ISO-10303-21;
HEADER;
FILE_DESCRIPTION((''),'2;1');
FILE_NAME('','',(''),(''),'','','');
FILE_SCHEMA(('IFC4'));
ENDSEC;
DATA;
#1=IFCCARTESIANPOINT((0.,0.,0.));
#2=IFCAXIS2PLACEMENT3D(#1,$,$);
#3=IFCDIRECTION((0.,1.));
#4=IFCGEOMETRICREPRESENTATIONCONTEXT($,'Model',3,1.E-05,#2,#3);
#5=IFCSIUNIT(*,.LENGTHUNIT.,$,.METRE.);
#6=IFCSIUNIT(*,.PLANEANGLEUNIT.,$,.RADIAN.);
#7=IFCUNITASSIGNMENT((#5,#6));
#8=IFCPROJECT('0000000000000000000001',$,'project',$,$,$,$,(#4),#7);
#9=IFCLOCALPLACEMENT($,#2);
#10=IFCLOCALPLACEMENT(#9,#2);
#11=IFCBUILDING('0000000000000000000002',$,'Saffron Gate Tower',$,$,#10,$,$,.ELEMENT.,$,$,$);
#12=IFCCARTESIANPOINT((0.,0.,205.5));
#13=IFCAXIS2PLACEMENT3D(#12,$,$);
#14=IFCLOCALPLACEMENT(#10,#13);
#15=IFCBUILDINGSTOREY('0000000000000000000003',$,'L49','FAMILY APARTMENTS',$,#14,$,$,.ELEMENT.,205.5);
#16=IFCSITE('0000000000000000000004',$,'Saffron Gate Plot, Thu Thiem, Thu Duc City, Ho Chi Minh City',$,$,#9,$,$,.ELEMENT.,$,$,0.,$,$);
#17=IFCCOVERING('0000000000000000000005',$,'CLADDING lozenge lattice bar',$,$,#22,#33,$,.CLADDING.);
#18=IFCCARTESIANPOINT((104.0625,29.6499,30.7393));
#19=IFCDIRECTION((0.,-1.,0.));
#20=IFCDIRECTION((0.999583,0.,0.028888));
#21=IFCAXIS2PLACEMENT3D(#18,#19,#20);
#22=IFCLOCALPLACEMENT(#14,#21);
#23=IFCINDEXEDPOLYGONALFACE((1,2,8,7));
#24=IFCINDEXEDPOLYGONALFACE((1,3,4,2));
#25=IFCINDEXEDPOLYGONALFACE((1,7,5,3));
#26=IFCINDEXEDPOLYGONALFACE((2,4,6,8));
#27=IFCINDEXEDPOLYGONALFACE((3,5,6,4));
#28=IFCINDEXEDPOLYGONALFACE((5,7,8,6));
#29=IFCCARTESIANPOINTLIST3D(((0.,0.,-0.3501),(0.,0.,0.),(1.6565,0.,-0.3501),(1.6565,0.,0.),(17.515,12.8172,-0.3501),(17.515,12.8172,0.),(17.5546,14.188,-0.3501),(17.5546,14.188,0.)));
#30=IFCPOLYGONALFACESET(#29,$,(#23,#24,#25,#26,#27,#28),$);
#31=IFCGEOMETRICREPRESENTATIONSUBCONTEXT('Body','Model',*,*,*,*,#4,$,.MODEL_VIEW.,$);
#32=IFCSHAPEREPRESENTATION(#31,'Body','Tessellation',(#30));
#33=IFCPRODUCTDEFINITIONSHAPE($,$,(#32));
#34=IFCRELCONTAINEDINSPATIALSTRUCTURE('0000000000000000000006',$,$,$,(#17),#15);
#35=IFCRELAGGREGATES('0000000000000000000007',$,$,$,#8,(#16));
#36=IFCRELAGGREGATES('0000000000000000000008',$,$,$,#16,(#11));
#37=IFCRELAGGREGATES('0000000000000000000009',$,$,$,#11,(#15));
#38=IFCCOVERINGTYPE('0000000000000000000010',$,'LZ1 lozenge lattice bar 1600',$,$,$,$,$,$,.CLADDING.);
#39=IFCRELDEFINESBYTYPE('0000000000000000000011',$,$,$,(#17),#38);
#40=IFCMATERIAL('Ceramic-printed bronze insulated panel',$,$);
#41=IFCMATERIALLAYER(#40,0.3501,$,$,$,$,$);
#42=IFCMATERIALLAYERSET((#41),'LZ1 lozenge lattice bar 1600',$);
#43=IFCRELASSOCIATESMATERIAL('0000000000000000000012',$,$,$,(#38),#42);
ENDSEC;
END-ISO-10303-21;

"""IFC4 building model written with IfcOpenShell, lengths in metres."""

from ifc_helpers import new_model, si_unit, direction, frame, origin, place, context, subcontext, project, spatial, polyline, outline, extrude, material, layer, layer_set, type_object, element, save


model = new_model("IFC4")

# Units and contexts
model_context = context("Model", 3, precision=1e-05, world=origin(), true_north=direction((0.0, 1.0)))
body_context = subcontext(model_context, "Body", "Model", "MODEL_VIEW")
ifc_project = project(units=[si_unit("LENGTHUNIT", "METRE"), si_unit("PLANEANGLEUNIT", "RADIAN")], contexts=[model_context])

# Site, building, storey
site_placement = place(None, origin())
site = spatial("IfcSite", under=ifc_project, at=site_placement, Name="Saffron Gate Plot, Thu Thiem, Thu Duc City, Ho Chi Minh City", CompositionType="ELEMENT", RefElevation=0.0)
building_placement = place(site_placement, origin())
building = spatial("IfcBuilding", under=site, at=building_placement, Name="Saffron Gate Tower", CompositionType="ELEMENT")
storey_placement = place(building_placement, frame((0.0, 0.0, 205.5)))
storey = spatial("IfcBuildingStorey", under=building, at=storey_placement, Name="L49", Description="FAMILY APARTMENTS", CompositionType="ELEMENT", Elevation=205.5)

# Covering
ifc_material_1 = material(Name="Ceramic-printed bronze insulated panel")
ifc_layer_1 = layer(ifc_material_1, 0.3501)
ifc_layer_set_1 = layer_set([ifc_layer_1], Name="LZ1 lozenge lattice bar 1600")
covering_type = type_object("IfcCoveringType", Name="LZ1 lozenge lattice bar 1600", PredefinedType="CLADDING", material=ifc_layer_set_1)
covering_placement = place(storey_placement, frame((104.0625, 29.6499, 30.7393), z_axis=(0.0, -1.0, 0.0), x_axis=(0.999583, 0.0, 0.028888)))
element("IfcCovering", 1, at=covering_placement, inside=storey, type_object=covering_type, Name="CLADDING lozenge lattice bar", PredefinedType="CLADDING", context=body_context, shape_type="SweptSolid", body=[
    extrude(outline(polyline([(0.0, 0.0), (1.6565, 0.0), (17.515, 12.8172), (17.5546, 14.188), (0.0, 0.0)])), origin(), (0.0, 0.0, -1.0), 0.3501),
])

save(model, "model.ifc")
